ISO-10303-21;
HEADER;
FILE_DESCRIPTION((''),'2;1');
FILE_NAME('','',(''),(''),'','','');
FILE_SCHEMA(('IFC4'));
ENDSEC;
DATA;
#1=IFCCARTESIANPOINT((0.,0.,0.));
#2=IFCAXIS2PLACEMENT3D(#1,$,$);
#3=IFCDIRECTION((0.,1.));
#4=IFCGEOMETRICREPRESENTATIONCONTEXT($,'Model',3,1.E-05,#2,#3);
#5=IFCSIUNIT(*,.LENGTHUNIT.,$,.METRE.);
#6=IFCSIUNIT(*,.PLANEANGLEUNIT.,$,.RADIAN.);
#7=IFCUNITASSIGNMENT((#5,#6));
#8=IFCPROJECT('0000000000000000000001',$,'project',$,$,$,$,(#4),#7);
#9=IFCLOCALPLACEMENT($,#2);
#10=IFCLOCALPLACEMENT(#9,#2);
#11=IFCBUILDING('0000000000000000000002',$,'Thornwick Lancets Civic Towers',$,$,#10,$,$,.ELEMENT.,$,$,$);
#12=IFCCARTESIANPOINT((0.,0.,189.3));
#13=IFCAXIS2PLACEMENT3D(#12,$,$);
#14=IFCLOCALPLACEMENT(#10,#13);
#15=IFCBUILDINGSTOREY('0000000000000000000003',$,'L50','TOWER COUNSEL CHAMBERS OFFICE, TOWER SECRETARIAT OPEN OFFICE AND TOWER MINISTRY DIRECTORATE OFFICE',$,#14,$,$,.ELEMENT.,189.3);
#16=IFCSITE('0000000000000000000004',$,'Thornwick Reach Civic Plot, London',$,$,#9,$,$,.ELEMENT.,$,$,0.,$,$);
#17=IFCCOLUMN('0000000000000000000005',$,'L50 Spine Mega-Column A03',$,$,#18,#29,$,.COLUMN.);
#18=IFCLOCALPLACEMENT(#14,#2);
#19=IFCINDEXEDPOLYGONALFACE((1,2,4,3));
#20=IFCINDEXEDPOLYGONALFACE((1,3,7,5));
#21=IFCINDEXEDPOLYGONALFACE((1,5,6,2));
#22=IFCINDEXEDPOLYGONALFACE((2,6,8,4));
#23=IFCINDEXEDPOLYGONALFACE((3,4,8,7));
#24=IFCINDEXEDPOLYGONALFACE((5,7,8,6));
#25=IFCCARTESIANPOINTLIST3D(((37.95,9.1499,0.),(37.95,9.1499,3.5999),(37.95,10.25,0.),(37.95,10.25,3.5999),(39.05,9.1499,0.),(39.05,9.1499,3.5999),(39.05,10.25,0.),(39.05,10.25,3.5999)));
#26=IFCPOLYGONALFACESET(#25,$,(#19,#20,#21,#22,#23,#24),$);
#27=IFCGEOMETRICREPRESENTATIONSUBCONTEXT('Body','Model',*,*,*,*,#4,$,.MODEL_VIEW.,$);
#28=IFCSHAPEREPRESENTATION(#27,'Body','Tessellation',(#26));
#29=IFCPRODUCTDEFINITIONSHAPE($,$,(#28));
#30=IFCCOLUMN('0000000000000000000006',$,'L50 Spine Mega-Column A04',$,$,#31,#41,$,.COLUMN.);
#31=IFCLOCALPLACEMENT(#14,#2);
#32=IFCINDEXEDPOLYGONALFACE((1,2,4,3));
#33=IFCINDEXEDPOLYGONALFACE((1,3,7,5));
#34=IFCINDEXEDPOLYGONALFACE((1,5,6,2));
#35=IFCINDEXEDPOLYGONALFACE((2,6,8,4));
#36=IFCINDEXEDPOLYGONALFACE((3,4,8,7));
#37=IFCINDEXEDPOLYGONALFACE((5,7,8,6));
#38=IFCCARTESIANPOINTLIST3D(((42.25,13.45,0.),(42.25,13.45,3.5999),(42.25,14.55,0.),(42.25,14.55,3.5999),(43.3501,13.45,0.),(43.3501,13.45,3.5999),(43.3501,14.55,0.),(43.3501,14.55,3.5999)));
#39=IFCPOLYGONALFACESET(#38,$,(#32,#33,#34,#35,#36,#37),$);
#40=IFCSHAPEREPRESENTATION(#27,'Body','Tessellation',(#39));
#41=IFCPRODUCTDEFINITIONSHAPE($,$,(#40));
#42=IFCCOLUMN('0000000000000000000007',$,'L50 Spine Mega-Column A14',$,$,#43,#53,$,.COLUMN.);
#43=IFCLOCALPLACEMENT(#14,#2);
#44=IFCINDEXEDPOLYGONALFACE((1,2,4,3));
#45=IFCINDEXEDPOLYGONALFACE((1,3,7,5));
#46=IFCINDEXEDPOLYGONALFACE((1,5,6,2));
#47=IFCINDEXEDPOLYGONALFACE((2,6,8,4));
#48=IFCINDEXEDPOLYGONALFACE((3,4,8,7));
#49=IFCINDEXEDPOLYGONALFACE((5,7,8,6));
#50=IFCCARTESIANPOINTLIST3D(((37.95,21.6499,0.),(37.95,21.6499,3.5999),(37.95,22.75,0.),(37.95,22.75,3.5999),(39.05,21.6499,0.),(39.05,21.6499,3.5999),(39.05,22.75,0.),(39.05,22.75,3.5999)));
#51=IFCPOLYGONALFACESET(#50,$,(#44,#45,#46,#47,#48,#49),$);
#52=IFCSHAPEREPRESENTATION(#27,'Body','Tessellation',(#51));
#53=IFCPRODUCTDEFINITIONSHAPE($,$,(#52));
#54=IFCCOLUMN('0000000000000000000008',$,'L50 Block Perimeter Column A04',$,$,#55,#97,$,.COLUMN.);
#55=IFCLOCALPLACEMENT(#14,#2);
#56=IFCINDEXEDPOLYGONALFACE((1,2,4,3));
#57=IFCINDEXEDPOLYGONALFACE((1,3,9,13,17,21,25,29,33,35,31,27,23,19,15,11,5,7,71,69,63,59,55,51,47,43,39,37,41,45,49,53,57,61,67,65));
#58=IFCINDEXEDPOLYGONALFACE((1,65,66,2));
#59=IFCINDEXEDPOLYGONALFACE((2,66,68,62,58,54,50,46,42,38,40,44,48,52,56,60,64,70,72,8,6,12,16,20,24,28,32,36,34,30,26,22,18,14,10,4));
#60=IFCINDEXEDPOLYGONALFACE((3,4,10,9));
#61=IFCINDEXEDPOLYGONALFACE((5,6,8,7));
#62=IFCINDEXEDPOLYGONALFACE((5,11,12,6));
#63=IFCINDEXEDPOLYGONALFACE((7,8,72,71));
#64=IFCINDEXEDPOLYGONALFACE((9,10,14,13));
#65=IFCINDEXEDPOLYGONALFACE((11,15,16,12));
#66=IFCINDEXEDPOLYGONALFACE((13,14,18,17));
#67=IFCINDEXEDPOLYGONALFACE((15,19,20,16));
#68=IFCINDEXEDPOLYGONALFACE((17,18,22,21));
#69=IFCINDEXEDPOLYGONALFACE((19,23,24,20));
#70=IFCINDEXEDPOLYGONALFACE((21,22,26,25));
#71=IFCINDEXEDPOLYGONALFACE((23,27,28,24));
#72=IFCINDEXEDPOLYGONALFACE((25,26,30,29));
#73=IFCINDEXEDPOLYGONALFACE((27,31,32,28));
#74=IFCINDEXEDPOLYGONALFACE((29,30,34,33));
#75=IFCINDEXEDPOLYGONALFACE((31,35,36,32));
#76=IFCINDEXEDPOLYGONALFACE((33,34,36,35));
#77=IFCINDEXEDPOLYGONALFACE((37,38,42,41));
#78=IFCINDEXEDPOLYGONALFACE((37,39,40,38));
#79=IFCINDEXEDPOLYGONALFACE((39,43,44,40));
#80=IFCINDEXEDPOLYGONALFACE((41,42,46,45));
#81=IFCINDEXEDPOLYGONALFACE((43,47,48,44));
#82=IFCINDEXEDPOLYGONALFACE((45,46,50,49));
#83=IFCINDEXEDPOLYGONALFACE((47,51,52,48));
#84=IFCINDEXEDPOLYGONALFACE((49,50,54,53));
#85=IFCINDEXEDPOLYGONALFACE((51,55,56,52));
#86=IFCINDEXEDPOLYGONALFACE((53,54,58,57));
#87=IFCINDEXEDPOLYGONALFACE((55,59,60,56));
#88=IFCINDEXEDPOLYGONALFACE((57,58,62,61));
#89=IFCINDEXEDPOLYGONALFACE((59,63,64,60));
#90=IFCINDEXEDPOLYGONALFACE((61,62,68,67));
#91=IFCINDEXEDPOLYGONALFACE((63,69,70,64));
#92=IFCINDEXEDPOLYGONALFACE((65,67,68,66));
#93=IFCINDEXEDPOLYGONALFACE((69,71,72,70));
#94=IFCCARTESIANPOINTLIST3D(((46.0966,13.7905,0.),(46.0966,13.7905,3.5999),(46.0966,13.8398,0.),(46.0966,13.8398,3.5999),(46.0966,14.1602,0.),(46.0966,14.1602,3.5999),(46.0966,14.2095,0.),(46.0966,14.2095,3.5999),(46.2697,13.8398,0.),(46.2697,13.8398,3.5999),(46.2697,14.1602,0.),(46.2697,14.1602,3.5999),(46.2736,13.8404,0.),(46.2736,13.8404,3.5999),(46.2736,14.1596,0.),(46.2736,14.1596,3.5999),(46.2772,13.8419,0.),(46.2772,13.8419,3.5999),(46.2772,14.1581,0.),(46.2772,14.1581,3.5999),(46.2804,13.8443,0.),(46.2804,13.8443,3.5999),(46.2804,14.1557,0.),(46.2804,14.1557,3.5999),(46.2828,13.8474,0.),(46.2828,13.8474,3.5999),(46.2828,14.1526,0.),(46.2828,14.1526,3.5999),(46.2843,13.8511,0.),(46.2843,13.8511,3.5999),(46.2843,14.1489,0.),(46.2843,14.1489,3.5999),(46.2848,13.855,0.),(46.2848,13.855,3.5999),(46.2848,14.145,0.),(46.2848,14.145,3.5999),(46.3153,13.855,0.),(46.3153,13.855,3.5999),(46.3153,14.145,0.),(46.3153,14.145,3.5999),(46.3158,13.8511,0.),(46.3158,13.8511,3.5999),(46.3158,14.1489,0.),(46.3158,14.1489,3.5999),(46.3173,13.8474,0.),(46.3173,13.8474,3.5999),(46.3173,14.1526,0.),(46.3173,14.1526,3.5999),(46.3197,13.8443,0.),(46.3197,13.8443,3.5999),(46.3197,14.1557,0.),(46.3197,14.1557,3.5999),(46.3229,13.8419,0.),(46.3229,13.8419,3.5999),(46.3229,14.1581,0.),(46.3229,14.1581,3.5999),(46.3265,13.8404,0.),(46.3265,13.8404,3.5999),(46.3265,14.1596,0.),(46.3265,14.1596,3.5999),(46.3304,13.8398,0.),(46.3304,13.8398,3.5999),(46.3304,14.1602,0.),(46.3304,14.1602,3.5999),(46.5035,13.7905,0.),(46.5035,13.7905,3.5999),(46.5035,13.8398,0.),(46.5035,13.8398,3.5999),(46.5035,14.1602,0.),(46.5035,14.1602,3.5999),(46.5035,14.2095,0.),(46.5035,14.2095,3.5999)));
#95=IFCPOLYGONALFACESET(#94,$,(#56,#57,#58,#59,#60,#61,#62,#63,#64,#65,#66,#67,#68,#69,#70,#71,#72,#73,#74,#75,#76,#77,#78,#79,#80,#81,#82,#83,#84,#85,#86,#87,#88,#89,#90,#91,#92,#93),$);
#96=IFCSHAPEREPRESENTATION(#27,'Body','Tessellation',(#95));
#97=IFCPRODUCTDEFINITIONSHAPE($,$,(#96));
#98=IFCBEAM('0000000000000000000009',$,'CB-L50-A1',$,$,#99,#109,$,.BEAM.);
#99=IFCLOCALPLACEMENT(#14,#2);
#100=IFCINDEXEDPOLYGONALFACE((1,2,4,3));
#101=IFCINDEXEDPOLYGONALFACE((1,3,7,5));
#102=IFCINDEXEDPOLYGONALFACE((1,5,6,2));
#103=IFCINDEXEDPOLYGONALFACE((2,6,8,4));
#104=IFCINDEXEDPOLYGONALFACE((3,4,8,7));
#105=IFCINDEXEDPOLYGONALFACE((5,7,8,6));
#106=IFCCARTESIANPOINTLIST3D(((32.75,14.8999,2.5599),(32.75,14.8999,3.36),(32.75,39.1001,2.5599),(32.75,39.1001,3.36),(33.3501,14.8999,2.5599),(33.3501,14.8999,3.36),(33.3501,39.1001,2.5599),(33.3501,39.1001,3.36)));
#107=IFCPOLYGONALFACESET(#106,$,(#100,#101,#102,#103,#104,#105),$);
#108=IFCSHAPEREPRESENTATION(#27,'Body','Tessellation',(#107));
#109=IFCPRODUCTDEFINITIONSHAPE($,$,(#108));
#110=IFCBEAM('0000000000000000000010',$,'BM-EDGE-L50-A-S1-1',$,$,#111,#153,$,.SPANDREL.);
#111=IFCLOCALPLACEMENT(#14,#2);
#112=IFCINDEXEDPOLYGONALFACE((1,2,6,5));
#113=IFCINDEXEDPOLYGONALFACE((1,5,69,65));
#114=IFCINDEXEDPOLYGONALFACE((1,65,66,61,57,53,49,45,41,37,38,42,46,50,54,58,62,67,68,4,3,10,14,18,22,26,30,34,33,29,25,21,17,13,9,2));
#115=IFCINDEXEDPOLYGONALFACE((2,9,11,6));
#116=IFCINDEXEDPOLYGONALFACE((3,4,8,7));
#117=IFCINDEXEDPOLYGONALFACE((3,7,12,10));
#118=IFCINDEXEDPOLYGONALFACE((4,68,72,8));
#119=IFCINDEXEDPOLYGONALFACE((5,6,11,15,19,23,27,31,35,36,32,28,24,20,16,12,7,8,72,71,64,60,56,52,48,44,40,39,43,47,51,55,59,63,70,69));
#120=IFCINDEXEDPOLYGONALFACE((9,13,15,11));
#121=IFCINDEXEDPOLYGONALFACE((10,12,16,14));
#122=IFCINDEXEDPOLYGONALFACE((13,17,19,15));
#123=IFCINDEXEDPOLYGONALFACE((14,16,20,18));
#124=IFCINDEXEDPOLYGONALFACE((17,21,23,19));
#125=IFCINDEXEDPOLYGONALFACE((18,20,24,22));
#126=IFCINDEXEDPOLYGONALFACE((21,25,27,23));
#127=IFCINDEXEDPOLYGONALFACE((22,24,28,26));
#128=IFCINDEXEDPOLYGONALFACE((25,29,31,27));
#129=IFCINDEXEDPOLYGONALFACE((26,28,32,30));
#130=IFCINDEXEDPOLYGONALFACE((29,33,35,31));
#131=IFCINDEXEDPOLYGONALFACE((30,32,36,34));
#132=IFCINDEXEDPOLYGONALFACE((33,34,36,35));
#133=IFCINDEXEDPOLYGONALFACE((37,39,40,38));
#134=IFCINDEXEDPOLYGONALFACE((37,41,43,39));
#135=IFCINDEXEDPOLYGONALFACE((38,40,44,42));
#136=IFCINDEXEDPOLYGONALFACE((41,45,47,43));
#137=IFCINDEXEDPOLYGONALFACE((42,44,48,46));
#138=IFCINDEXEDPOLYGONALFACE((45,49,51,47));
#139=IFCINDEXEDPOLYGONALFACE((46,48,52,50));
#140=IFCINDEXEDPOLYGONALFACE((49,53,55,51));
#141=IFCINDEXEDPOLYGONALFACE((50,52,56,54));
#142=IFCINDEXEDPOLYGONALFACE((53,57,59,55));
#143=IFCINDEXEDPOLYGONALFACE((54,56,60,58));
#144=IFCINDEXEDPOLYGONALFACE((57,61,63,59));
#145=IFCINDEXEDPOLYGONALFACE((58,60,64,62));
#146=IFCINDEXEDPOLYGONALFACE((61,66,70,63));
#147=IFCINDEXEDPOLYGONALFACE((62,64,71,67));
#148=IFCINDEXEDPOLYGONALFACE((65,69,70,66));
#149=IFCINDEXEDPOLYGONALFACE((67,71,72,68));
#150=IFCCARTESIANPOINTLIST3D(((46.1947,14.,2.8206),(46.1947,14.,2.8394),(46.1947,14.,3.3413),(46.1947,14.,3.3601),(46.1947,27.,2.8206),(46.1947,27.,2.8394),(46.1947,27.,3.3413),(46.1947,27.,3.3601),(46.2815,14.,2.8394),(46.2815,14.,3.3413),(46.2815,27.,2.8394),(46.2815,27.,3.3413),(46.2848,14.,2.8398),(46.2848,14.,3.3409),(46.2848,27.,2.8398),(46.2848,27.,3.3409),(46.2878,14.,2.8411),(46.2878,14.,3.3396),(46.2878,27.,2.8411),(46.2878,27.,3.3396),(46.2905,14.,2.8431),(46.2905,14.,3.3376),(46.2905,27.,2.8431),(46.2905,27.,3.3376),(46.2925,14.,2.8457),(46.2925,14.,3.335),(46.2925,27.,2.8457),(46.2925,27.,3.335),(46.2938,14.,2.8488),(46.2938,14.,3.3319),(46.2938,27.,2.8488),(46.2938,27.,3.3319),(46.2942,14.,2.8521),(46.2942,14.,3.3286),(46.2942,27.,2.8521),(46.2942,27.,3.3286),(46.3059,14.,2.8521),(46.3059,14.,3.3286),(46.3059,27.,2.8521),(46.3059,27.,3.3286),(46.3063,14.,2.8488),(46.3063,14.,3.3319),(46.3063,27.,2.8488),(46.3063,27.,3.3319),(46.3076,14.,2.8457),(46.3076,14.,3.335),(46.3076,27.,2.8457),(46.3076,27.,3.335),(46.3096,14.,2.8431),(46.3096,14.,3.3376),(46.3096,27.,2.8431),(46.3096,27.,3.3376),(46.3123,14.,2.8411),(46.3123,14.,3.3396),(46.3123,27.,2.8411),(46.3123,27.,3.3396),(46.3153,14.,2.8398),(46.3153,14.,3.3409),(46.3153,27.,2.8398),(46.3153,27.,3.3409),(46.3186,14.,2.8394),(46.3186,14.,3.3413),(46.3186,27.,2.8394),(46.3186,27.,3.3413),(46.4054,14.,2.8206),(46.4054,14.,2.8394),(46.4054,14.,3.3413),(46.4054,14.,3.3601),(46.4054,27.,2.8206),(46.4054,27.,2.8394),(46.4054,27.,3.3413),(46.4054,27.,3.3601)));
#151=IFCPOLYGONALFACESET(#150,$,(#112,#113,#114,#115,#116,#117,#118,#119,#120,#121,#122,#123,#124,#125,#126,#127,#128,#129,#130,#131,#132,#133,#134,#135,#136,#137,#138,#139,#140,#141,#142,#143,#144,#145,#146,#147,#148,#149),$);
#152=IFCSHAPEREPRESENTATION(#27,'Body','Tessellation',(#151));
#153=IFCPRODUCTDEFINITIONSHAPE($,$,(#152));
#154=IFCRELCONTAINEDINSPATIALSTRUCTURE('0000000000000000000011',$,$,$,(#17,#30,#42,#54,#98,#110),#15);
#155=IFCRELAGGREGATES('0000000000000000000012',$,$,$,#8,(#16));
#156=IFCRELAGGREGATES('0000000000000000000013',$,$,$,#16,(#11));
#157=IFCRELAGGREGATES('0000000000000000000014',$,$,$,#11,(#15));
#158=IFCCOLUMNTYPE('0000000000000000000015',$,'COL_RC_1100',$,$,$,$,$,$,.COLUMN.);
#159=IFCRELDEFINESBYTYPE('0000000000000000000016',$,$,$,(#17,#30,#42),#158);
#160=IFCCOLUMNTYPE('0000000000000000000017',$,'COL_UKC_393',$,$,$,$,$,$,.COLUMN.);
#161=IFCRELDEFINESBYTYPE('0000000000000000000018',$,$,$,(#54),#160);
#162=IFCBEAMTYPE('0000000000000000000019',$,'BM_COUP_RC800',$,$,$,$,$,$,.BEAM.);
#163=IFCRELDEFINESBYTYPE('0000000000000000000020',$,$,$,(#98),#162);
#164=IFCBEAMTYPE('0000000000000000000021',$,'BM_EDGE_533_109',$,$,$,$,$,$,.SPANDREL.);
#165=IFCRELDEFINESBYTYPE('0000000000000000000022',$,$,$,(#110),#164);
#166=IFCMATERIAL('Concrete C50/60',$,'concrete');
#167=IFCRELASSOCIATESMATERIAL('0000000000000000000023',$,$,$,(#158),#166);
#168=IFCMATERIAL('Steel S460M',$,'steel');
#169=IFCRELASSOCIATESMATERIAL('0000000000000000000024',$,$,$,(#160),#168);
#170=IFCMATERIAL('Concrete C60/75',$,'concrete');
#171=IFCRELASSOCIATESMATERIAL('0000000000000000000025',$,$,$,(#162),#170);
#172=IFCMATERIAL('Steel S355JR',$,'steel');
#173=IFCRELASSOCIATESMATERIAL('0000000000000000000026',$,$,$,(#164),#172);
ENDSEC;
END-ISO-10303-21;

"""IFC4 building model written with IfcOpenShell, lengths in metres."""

from ifc_helpers import new_model, si_unit, direction, frame, origin, origin_2d, place, context, subcontext, project, spatial, rectangle, i_section, extrude, material, material_profile, profile_set, type_object, element, save


model = new_model("IFC4")

# Units and contexts
model_context = context("Model", 3, precision=1e-05, world=origin(), true_north=direction((0.0, 1.0)))
body_context = subcontext(model_context, "Body", "Model", "MODEL_VIEW")
ifc_project = project(units=[si_unit("LENGTHUNIT", "METRE"), si_unit("PLANEANGLEUNIT", "RADIAN")], contexts=[model_context])

# Site, building, storey
site_placement = place(None, origin())
site = spatial("IfcSite", under=ifc_project, at=site_placement, Name="Thornwick Reach Civic Plot, London", CompositionType="ELEMENT", RefElevation=0.0)
building_placement = place(site_placement, origin())
building = spatial("IfcBuilding", under=site, at=building_placement, Name="Thornwick Lancets Civic Towers", CompositionType="ELEMENT")
storey_placement = place(building_placement, frame((0.0, 0.0, 189.3)))
storey = spatial("IfcBuildingStorey", under=building, at=storey_placement, Name="L50", Description="TOWER COUNSEL CHAMBERS OFFICE, TOWER SECRETARIAT OPEN OFFICE AND TOWER MINISTRY DIRECTORATE OFFICE", CompositionType="ELEMENT", Elevation=189.3)

# Columns
ifc_material_1 = material(Name="Concrete C50/60", Category="concrete")
ifc_material_profile_1 = material_profile(ifc_material_1, rectangle(XDim=1.1001, YDim=1.1001, at=origin_2d()), Name="RC 1100x1100")
ifc_profile_set_1 = profile_set([ifc_material_profile_1], Name="Concrete C50/60")
column_type_1 = type_object("IfcColumnType", Name="COL_RC_1100", PredefinedType="COLUMN", material=ifc_profile_set_1)
for number, where, z_axis, x_axis, name in (
    (1, (38.5, 9.7, 0.0), (0.0, 0.0, 1.0), (1.0, 0.0, 0.0), "L50 Spine Mega-Column A03"),
    (2, (42.8, 14.0, 0.0), (0.0, 0.0, 1.0), (1.0, 0.0, 0.0), "L50 Spine Mega-Column A04"),
    (3, (38.5, 22.2, 0.0), (0.0, 0.0, 1.0), (1.0, 0.0, 0.0), "L50 Spine Mega-Column A14"),
):
    element("IfcColumn", number, at=place(storey_placement, frame(where, z_axis=z_axis, x_axis=x_axis)), inside=storey, type_object=column_type_1, Name=name, PredefinedType="COLUMN", context=body_context, shape_type="SweptSolid", body=[
        extrude(rectangle(XDim=1.1001, YDim=1.1001, at=origin_2d()), origin(), (0.0, 0.0, 1.0), 3.5999),
    ])
ifc_material_2 = material(Name="Steel S460M", Category="steel")
ifc_material_profile_2 = material_profile(ifc_material_2, i_section(OverallWidth=0.407, OverallDepth=0.4189, WebThickness=0.0305, FlangeThickness=0.0493, FilletRadius=0.0151, at=origin_2d()), Name="UKC 356x406x393")
ifc_profile_set_2 = profile_set([ifc_material_profile_2], Name="Steel S460M")
column_type_2 = type_object("IfcColumnType", Name="COL_UKC_393", PredefinedType="COLUMN", material=ifc_profile_set_2)
column_placement = place(storey_placement, frame((46.3, 14.0, 0.0), z_axis=(0.0, 0.0, 1.0), x_axis=(1.0, 0.0, 0.0)))
element("IfcColumn", 4, at=column_placement, inside=storey, type_object=column_type_2, Name="L50 Block Perimeter Column A04", PredefinedType="COLUMN", context=body_context, shape_type="SweptSolid", body=[
    extrude(i_section(OverallWidth=0.407, OverallDepth=0.4189, WebThickness=0.0305, FlangeThickness=0.0493, FilletRadius=0.0151, at=origin_2d()), origin(), (0.0, 0.0, 1.0), 3.5999),
])

# Beams
ifc_material_3 = material(Name="Concrete C60/75", Category="concrete")
ifc_material_profile_3 = material_profile(ifc_material_3, rectangle(XDim=0.6001, YDim=0.8, at=origin_2d()), Name="RC 600x800")
ifc_profile_set_3 = profile_set([ifc_material_profile_3], Name="Concrete C60/75")
beam_type_1 = type_object("IfcBeamType", Name="BM_COUP_RC800", PredefinedType="BEAM", material=ifc_profile_set_3)
beam_1_placement = place(storey_placement, frame((33.05, 14.8999, 2.96), z_axis=(0.0, 1.0, 0.0), x_axis=(-1.0, 0.0, 0.0)))
element("IfcBeam", 5, at=beam_1_placement, inside=storey, type_object=beam_type_1, Name="CB-L50-A1", PredefinedType="BEAM", context=body_context, shape_type="SweptSolid", body=[
    extrude(rectangle(XDim=0.6001, YDim=0.8, at=origin_2d()), origin(), (0.0, 0.0, 1.0), 24.2002),
])
ifc_material_4 = material(Name="Steel S355JR", Category="steel")
ifc_material_profile_4 = material_profile(ifc_material_4, i_section(OverallWidth=0.2107, OverallDepth=0.5396, WebThickness=0.0117, FlangeThickness=0.0188, FilletRadius=0.0127, at=origin_2d()), Name="UKB 533x210x109")
ifc_profile_set_4 = profile_set([ifc_material_profile_4], Name="Steel S355JR")
beam_type_2 = type_object("IfcBeamType", Name="BM_EDGE_533_109", PredefinedType="SPANDREL", material=ifc_profile_set_4)
beam_2_placement = place(storey_placement, frame((46.3, 14.0, 3.0903), z_axis=(0.0, 1.0, 0.0), x_axis=(-1.0, 0.0, 0.0)))
element("IfcBeam", 6, at=beam_2_placement, inside=storey, type_object=beam_type_2, Name="BM-EDGE-L50-A-S1-1", PredefinedType="SPANDREL", context=body_context, shape_type="SweptSolid", body=[
    extrude(i_section(OverallWidth=0.2107, OverallDepth=0.5396, WebThickness=0.0117, FlangeThickness=0.0188, FilletRadius=0.0127, at=origin_2d()), origin(), (0.0, 0.0, 1.0), 13.0),
])

save(model, "model.ifc")
